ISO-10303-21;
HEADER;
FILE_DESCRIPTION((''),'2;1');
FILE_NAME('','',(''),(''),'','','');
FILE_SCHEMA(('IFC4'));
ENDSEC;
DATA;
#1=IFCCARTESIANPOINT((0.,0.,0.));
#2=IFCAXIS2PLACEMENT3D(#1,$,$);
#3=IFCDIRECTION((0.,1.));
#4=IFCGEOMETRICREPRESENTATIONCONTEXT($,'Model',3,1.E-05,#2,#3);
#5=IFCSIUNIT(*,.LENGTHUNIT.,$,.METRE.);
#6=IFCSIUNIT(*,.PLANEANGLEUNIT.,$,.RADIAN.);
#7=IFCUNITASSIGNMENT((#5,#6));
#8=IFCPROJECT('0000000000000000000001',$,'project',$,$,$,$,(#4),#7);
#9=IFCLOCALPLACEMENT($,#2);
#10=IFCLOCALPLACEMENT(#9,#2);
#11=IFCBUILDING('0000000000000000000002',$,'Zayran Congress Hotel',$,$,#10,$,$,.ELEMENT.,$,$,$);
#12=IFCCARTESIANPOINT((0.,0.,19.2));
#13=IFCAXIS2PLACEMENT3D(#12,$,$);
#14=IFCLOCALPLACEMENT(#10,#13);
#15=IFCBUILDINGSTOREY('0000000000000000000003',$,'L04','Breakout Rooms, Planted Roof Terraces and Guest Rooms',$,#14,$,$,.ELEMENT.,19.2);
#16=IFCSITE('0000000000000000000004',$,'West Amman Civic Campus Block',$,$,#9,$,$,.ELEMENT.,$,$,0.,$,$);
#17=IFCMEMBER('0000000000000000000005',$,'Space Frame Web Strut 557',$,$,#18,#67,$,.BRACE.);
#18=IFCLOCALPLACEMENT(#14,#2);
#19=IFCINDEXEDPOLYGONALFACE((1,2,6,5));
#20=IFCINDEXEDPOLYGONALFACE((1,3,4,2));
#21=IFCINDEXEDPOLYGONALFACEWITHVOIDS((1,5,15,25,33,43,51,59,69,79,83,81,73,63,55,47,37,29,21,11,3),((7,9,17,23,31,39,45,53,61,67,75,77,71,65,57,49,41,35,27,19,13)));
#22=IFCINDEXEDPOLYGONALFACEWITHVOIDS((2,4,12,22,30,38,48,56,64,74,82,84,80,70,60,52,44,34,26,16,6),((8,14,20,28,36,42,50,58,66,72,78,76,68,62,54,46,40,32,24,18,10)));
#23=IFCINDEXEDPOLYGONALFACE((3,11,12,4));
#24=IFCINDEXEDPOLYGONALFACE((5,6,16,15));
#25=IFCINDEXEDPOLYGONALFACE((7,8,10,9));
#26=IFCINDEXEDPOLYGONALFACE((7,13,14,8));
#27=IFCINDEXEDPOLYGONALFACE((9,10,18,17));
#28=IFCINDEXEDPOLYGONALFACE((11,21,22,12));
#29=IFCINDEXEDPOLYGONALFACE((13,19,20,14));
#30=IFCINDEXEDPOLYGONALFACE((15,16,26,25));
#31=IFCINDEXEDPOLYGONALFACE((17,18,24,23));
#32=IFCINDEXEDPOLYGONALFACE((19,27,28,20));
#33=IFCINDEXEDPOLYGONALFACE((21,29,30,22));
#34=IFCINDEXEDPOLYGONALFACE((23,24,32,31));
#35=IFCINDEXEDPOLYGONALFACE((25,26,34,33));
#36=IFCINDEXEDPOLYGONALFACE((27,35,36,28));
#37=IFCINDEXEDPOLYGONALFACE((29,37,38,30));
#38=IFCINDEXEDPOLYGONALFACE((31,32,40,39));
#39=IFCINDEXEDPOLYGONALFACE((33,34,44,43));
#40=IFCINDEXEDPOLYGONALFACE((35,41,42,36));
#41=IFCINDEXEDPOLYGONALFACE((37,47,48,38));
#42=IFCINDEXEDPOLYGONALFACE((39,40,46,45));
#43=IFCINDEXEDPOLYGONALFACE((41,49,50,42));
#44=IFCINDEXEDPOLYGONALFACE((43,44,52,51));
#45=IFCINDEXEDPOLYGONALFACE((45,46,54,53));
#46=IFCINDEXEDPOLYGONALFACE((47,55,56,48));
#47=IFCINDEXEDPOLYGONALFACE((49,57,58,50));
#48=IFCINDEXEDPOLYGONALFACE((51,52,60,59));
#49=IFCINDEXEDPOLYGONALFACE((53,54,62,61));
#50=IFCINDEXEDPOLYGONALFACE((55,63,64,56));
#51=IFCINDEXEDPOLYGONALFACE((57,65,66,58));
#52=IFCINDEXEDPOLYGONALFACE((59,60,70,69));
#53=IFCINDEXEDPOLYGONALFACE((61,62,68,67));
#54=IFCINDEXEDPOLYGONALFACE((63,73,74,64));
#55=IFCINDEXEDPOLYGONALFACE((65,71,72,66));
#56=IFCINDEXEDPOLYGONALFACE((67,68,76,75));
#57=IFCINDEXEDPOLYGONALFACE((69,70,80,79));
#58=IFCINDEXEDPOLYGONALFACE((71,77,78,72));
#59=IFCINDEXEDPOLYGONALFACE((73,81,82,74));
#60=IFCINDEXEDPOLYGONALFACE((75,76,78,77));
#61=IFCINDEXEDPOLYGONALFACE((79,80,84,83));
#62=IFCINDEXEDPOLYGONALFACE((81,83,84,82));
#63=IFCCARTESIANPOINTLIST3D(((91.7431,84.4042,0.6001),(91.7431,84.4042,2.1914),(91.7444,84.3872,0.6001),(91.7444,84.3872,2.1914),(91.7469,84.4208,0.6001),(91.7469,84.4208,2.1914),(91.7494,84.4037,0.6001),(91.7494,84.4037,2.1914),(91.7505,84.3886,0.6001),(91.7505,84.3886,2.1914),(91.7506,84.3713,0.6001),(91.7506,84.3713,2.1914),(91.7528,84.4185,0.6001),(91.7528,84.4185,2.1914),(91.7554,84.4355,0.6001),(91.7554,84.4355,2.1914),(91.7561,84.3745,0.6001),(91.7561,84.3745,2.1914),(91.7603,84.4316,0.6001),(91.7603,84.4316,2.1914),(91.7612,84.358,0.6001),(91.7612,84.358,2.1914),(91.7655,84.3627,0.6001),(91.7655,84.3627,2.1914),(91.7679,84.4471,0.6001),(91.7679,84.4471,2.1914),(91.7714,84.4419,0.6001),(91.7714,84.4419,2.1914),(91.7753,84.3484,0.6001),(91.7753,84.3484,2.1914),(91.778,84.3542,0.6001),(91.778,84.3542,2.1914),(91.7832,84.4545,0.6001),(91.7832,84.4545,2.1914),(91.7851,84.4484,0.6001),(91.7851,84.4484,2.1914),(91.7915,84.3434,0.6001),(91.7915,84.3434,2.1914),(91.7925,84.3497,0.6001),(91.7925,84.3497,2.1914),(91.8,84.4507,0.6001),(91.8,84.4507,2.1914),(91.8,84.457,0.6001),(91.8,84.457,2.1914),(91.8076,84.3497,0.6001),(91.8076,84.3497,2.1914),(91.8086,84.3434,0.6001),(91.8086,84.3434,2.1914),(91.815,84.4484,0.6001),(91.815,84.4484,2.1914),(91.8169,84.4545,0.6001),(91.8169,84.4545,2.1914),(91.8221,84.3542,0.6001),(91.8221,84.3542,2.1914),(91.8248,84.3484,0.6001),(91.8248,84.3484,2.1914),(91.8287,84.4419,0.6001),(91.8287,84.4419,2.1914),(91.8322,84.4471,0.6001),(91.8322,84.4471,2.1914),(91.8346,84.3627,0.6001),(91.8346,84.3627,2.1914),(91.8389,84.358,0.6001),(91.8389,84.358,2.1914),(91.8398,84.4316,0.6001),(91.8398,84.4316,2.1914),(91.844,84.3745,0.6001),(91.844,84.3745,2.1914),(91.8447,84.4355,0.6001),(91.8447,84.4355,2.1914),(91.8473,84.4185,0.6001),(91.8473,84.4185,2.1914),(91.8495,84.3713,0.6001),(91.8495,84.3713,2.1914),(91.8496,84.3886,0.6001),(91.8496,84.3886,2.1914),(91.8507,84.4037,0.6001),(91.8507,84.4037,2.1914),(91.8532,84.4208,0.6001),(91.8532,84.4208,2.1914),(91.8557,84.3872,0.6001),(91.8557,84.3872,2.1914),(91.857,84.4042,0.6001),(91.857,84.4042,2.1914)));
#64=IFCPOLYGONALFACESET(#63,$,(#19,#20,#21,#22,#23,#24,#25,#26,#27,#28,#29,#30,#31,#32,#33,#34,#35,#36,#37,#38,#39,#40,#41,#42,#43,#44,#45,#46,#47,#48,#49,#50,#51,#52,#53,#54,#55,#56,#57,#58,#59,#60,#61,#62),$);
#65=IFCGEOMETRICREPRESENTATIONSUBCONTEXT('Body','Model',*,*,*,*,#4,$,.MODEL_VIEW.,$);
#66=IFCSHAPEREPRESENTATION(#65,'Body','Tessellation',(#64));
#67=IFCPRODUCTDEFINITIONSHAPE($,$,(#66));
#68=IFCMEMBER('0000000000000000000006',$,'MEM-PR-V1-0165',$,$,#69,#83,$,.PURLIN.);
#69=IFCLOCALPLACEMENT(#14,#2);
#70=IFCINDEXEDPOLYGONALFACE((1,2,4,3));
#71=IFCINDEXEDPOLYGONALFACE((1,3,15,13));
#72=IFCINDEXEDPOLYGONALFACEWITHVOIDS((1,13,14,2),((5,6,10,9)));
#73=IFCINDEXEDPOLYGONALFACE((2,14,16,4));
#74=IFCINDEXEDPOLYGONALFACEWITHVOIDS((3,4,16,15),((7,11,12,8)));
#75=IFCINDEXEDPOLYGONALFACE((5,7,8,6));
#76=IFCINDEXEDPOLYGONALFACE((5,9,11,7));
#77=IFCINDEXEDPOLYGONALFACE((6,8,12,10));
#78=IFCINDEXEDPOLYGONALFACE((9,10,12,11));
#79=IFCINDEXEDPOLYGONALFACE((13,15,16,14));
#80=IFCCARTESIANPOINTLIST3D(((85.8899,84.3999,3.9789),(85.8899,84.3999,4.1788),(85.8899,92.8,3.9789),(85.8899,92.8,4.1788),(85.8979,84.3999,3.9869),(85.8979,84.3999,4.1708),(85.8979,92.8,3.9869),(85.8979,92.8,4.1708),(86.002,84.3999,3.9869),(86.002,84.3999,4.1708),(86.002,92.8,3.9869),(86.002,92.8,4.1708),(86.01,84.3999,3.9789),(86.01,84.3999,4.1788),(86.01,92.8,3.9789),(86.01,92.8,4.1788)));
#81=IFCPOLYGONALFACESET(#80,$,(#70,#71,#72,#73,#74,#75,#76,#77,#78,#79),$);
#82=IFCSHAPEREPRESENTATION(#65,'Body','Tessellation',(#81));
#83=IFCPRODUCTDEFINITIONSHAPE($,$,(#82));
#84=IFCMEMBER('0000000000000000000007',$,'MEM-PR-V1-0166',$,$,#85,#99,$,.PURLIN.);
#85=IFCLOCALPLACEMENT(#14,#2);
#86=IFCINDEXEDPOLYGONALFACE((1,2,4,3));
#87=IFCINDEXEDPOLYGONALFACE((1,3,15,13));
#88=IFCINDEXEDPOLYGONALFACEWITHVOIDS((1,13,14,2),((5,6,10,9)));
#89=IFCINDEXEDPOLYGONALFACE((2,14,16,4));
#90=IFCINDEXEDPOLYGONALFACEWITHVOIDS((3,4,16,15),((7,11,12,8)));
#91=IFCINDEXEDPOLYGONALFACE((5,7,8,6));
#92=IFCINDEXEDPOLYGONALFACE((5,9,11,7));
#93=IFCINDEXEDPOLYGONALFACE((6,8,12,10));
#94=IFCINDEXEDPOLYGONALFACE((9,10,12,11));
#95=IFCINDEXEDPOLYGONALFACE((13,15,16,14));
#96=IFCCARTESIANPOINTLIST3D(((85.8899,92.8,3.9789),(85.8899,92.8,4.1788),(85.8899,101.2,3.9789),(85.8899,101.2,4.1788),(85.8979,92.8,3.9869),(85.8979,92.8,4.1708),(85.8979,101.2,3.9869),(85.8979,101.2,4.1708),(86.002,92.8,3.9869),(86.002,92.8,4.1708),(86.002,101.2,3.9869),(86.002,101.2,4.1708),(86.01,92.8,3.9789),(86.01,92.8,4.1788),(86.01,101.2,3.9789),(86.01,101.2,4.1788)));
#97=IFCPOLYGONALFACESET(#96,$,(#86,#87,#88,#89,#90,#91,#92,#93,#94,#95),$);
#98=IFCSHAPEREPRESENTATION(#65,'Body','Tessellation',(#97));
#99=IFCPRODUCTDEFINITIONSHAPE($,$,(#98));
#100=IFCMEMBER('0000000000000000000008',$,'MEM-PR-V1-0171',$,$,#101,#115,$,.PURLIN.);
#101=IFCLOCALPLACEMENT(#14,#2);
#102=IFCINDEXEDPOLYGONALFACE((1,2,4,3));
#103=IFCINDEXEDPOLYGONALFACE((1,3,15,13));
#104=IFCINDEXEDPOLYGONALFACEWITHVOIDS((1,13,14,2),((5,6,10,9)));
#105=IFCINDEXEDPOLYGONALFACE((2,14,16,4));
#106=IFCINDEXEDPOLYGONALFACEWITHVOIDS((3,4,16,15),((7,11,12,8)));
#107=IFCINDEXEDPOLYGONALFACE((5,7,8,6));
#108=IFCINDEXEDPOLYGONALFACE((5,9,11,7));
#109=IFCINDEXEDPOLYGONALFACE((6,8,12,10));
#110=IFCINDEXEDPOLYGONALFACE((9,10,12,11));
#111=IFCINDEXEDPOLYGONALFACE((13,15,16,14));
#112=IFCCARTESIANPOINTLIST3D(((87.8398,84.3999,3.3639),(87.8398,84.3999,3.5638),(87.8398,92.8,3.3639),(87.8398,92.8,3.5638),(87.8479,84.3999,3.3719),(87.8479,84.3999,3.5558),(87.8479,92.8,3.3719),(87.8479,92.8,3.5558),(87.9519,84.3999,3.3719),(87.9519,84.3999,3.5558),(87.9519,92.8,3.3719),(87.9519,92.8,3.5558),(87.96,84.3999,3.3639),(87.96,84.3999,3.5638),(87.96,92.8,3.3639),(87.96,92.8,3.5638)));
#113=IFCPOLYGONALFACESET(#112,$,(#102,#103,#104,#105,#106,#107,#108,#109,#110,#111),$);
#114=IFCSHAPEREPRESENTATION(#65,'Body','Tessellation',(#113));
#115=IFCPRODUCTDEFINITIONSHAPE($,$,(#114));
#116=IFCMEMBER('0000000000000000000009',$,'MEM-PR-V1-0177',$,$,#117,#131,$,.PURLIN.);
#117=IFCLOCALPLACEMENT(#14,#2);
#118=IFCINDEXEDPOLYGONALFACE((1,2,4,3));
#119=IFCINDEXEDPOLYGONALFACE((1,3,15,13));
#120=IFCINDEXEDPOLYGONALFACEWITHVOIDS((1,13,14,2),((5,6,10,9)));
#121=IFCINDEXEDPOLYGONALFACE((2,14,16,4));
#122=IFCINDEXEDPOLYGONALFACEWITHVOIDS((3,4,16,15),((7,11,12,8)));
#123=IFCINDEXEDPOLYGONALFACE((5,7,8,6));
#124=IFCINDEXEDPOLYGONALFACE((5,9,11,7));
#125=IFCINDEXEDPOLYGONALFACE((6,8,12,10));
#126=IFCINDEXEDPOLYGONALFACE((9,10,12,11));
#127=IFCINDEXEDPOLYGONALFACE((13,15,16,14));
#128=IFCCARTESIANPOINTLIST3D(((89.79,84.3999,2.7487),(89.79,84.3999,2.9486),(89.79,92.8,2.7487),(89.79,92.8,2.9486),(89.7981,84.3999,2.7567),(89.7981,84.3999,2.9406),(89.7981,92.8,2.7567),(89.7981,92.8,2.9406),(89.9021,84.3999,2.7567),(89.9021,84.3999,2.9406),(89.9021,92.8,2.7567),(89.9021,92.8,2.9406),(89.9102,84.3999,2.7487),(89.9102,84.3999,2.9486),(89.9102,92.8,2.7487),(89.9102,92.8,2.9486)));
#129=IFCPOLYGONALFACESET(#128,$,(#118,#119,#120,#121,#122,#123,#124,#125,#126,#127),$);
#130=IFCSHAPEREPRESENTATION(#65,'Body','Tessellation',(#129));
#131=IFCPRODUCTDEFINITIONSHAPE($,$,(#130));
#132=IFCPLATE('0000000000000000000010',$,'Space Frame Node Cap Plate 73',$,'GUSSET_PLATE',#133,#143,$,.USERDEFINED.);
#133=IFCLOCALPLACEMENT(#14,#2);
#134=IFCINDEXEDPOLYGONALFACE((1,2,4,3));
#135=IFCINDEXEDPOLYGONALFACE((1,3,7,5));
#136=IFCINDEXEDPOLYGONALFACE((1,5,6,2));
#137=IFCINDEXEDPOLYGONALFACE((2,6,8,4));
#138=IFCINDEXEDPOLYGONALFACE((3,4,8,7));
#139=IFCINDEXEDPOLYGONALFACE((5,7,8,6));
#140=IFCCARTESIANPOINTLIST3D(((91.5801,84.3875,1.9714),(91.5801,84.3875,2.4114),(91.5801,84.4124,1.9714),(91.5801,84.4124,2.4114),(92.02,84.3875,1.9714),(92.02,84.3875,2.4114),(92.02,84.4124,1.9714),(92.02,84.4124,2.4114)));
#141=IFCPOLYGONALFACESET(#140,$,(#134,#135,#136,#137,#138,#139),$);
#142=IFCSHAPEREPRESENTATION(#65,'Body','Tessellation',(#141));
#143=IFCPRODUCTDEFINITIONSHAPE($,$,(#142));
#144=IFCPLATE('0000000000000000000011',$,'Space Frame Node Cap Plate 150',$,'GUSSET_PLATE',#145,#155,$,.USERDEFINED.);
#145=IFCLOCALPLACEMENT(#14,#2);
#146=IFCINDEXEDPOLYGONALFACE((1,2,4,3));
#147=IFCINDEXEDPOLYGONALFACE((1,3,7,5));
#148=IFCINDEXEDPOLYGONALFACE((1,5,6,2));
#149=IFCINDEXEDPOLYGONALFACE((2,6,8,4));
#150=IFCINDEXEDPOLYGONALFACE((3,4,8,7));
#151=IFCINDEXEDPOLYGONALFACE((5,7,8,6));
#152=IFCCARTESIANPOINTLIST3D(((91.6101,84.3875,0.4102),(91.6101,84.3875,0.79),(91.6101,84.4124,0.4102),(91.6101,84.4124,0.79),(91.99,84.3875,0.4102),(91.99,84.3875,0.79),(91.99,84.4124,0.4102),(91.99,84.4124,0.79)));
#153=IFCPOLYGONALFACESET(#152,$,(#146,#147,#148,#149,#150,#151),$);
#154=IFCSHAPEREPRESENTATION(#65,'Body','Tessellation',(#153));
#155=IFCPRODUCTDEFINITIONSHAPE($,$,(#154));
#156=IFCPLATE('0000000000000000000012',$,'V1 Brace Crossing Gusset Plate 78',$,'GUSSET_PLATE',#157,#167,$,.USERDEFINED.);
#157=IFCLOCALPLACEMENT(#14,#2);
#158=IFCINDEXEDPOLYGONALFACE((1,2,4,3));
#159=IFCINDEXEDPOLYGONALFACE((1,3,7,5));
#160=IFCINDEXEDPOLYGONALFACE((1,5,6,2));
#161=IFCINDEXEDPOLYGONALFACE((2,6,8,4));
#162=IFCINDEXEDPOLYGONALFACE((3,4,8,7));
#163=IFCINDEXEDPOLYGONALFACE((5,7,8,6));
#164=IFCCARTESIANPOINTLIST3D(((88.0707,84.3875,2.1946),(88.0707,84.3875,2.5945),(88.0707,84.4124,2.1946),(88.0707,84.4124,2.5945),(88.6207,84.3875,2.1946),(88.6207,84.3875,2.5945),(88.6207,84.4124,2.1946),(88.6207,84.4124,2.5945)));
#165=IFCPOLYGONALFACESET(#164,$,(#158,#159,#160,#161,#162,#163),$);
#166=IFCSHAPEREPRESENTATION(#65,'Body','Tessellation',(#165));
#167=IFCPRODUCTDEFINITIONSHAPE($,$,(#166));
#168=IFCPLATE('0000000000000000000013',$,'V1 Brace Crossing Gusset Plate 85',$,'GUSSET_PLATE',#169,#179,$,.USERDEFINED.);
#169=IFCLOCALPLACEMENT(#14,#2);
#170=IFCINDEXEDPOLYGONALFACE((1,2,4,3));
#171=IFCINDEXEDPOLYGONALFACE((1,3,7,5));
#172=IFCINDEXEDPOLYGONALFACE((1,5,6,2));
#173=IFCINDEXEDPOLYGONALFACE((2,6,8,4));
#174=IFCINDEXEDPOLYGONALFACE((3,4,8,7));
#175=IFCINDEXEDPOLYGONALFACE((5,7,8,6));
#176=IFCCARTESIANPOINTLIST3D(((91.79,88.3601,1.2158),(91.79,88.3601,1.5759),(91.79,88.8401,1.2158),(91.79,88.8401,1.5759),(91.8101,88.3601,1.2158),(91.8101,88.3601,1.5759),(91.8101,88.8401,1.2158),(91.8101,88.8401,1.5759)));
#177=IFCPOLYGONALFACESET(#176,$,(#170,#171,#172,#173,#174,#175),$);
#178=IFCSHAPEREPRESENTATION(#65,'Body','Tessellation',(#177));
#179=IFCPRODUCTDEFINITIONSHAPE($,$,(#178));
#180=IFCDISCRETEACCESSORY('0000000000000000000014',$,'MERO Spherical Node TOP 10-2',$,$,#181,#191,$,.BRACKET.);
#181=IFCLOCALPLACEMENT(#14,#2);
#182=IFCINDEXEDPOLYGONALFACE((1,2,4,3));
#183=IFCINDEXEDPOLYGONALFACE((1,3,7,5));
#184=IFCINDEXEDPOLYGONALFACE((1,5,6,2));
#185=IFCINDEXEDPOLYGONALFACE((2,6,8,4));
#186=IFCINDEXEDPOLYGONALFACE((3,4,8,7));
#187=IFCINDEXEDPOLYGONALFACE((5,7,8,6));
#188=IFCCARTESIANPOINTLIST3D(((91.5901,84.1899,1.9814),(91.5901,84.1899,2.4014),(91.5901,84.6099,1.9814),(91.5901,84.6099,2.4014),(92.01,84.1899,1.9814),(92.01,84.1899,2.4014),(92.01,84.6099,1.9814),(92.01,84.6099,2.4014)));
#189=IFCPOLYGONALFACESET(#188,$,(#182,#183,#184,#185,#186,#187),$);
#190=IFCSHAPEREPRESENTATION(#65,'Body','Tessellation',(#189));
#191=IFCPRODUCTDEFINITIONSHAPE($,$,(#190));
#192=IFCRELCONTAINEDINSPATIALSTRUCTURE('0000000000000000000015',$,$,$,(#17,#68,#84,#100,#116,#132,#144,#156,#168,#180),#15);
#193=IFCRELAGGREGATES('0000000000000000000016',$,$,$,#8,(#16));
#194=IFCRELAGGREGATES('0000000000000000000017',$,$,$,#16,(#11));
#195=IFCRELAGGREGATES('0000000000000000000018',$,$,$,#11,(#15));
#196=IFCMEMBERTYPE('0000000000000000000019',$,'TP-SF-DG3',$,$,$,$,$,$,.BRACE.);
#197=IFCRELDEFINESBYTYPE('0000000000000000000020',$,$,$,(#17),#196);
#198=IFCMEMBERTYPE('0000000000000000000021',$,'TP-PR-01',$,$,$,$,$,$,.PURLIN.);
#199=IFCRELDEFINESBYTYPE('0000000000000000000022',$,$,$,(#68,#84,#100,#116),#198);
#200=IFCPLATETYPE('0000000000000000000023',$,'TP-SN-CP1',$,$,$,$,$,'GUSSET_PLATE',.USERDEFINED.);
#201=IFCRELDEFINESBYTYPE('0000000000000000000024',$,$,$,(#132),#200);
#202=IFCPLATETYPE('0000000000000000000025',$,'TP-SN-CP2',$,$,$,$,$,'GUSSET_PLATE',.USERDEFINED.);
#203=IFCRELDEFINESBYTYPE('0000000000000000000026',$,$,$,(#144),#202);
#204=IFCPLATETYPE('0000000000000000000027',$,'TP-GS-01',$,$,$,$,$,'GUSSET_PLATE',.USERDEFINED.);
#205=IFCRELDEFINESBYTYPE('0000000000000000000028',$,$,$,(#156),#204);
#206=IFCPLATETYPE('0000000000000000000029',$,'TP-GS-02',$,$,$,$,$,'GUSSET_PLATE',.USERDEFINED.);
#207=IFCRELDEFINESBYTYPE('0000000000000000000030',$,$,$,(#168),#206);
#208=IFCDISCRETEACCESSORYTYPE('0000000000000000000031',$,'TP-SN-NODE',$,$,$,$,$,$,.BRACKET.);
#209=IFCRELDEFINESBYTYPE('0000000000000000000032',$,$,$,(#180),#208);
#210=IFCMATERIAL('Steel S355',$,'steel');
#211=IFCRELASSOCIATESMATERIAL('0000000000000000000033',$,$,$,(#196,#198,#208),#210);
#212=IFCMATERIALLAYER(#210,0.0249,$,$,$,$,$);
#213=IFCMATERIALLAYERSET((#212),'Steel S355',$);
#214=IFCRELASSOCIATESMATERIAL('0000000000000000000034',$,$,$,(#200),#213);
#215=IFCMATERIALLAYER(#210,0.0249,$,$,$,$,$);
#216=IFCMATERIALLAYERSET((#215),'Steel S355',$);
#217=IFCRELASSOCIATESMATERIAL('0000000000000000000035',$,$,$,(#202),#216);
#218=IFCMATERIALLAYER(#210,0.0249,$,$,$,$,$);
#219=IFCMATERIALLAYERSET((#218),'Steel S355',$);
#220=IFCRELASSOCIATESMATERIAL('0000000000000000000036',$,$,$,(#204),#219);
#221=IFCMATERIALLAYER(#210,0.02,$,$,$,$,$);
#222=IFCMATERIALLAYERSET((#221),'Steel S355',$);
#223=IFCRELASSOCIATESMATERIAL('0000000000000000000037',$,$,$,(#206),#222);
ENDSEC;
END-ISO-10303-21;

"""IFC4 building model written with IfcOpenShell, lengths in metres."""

from ifc_helpers import new_model, si_unit, direction, frame, origin, origin_2d, place, context, subcontext, project, spatial, rectangle, hollow_rectangle, hollow_circle, extrude, material, layer, layer_set, material_profile, profile_set, type_object, element, save


model = new_model("IFC4")

# Units and contexts
model_context = context("Model", 3, precision=1e-05, world=origin(), true_north=direction((0.0, 1.0)))
body_context = subcontext(model_context, "Body", "Model", "MODEL_VIEW")
ifc_project = project(units=[si_unit("LENGTHUNIT", "METRE"), si_unit("PLANEANGLEUNIT", "RADIAN")], contexts=[model_context])

# Site, building, storey
site_placement = place(None, origin())
site = spatial("IfcSite", under=ifc_project, at=site_placement, Name="West Amman Civic Campus Block", CompositionType="ELEMENT", RefElevation=0.0)
building_placement = place(site_placement, origin())
building = spatial("IfcBuilding", under=site, at=building_placement, Name="Zayran Congress Hotel", CompositionType="ELEMENT")
storey_placement = place(building_placement, frame((0.0, 0.0, 19.2)))
storey = spatial("IfcBuildingStorey", under=building, at=storey_placement, Name="L04", Description="Breakout Rooms, Planted Roof Terraces and Guest Rooms", CompositionType="ELEMENT", Elevation=19.2)

# Shared definitions
ifc_material = material(Name="Steel S355", Category="steel")

# Members
ifc_material_profile_1 = material_profile(ifc_material, hollow_circle(Radius=0.0571, WallThickness=0.0063, at=origin_2d()), Name="CHS 114.3x6.3")
ifc_profile_set_1 = profile_set([ifc_material_profile_1], Name="Steel S355")
member_type_1 = type_object("IfcMemberType", Name="TP-SF-DG3", PredefinedType="BRACE", material=ifc_profile_set_1)
member_1_placement = place(storey_placement, frame((91.8, 84.3999, 0.6001), z_axis=(0.0, 0.0, 1.0), x_axis=(0.0, 1.0, 0.0)))
element("IfcMember", 1, at=member_1_placement, inside=storey, type_object=member_type_1, Name="Space Frame Web Strut 557", PredefinedType="BRACE", context=body_context, shape_type="SweptSolid", body=[
    extrude(hollow_circle(Radius=0.0571, WallThickness=0.0063, at=origin_2d()), origin(), (0.0, 0.0, 1.0), 1.5913),
])
ifc_material_profile_2 = material_profile(ifc_material, hollow_rectangle(XDim=0.1201, YDim=0.2, WallThickness=0.0081, at=origin_2d()), Name="RHS 200x120x8")
ifc_profile_set_2 = profile_set([ifc_material_profile_2], Name="Steel S355")
member_type_2 = type_object("IfcMemberType", Name="TP-PR-01", PredefinedType="PURLIN", material=ifc_profile_set_2)
member_2_placement = place(storey_placement, frame((85.95, 84.3999, 4.0789), z_axis=(0.0, 1.0, 0.0), x_axis=(-1.0, 0.0, 0.0)))
element("IfcMember", 2, at=member_2_placement, inside=storey, type_object=member_type_2, Name="MEM-PR-V1-0165", PredefinedType="PURLIN", context=body_context, shape_type="SweptSolid", body=[
    extrude(hollow_rectangle(XDim=0.1201, YDim=0.2, WallThickness=0.0081, at=origin_2d()), origin(), (0.0, 0.0, 1.0), 8.4001),
])
member_3_placement = place(storey_placement, frame((85.95, 92.8, 4.0789), z_axis=(0.0, 1.0, 0.0), x_axis=(-1.0, 0.0, 0.0)))
element("IfcMember", 3, at=member_3_placement, inside=storey, type_object=member_type_2, Name="MEM-PR-V1-0166", PredefinedType="PURLIN", context=body_context, shape_type="SweptSolid", body=[
    extrude(hollow_rectangle(XDim=0.1201, YDim=0.2, WallThickness=0.0081, at=origin_2d()), origin(), (0.0, 0.0, 1.0), 8.3999),
])
for number, where, z_axis, x_axis, name in (
    (4, (87.8999, 84.3999, 3.4639), (0.0, 1.0, 0.0), (-1.0, 0.0, 0.0), "MEM-PR-V1-0171"),
    (5, (89.8501, 84.3999, 2.8486), (0.0, 1.0, 0.0), (-1.0, 0.0, 0.0), "MEM-PR-V1-0177"),
):
    element("IfcMember", number, at=place(storey_placement, frame(where, z_axis=z_axis, x_axis=x_axis)), inside=storey, type_object=member_type_2, Name=name, PredefinedType="PURLIN", context=body_context, shape_type="SweptSolid", body=[
        extrude(hollow_rectangle(XDim=0.1201, YDim=0.2, WallThickness=0.0081, at=origin_2d()), origin(), (0.0, 0.0, 1.0), 8.4001),
    ])

# Plates
ifc_layer_1 = layer(ifc_material, 0.0249)
ifc_layer_set_1 = layer_set([ifc_layer_1], Name="Steel S355")
plate_type_1 = type_object("IfcPlateType", Name="TP-SN-CP1", ElementType="GUSSET_PLATE", PredefinedType="USERDEFINED", material=ifc_layer_set_1)
plate_1_placement = place(storey_placement, frame((91.8, 84.3999, 1.9714), z_axis=(0.0, 0.0, 1.0), x_axis=(1.0, 0.0, 0.0)))
element("IfcPlate", 6, at=plate_1_placement, inside=storey, type_object=plate_type_1, Name="Space Frame Node Cap Plate 73", ObjectType="GUSSET_PLATE", PredefinedType="USERDEFINED", context=body_context, shape_type="SweptSolid", body=[
    extrude(rectangle(XDim=0.4399, YDim=0.0249, at=origin_2d()), origin(), (0.0, 0.0, 1.0), 0.4399),
])
ifc_layer_2 = layer(ifc_material, 0.0249)
ifc_layer_set_2 = layer_set([ifc_layer_2], Name="Steel S355")
plate_type_2 = type_object("IfcPlateType", Name="TP-SN-CP2", ElementType="GUSSET_PLATE", PredefinedType="USERDEFINED", material=ifc_layer_set_2)
plate_2_placement = place(storey_placement, frame((91.8, 84.3999, 0.4102), z_axis=(0.0, 0.0, 1.0), x_axis=(1.0, 0.0, 0.0)))
element("IfcPlate", 7, at=plate_2_placement, inside=storey, type_object=plate_type_2, Name="Space Frame Node Cap Plate 150", ObjectType="GUSSET_PLATE", PredefinedType="USERDEFINED", context=body_context, shape_type="SweptSolid", body=[
    extrude(rectangle(XDim=0.3799, YDim=0.0249, at=origin_2d()), origin(), (0.0, 0.0, 1.0), 0.3799),
])
ifc_layer_3 = layer(ifc_material, 0.0249)
ifc_layer_set_3 = layer_set([ifc_layer_3], Name="Steel S355")
plate_type_3 = type_object("IfcPlateType", Name="TP-GS-01", ElementType="GUSSET_PLATE", PredefinedType="USERDEFINED", material=ifc_layer_set_3)
plate_3_placement = place(storey_placement, frame((88.3457, 84.3999, 2.1946), z_axis=(0.0, 0.0, 1.0), x_axis=(1.0, 0.0, 0.0)))
element("IfcPlate", 8, at=plate_3_placement, inside=storey, type_object=plate_type_3, Name="V1 Brace Crossing Gusset Plate 78", ObjectType="GUSSET_PLATE", PredefinedType="USERDEFINED", context=body_context, shape_type="SweptSolid", body=[
    extrude(rectangle(XDim=0.55, YDim=0.0249, at=origin_2d()), origin(), (0.0, 0.0, 1.0), 0.3999),
])
ifc_layer_4 = layer(ifc_material, 0.02)
ifc_layer_set_4 = layer_set([ifc_layer_4], Name="Steel S355")
plate_type_4 = type_object("IfcPlateType", Name="TP-GS-02", ElementType="GUSSET_PLATE", PredefinedType="USERDEFINED", material=ifc_layer_set_4)
plate_4_placement = place(storey_placement, frame((91.8, 88.6001, 1.2158), z_axis=(0.0, 0.0, 1.0), x_axis=(0.0, 1.0, 0.0)))
element("IfcPlate", 9, at=plate_4_placement, inside=storey, type_object=plate_type_4, Name="V1 Brace Crossing Gusset Plate 85", ObjectType="GUSSET_PLATE", PredefinedType="USERDEFINED", context=body_context, shape_type="SweptSolid", body=[
    extrude(rectangle(XDim=0.48, YDim=0.02, at=origin_2d()), origin(), (0.0, 0.0, 1.0), 0.3601),
])

# Discrete accessory
discrete_accessory_type = type_object("IfcDiscreteAccessoryType", Name="TP-SN-NODE", PredefinedType="BRACKET", material=ifc_material)
for number, where, z_axis, x_axis, name in (
    (10, (91.8, 84.3999, 1.9814), (0.0, 0.0, 1.0), (1.0, 0.0, 0.0), "MERO Spherical Node TOP 10-2"),
):
    element("IfcDiscreteAccessory", number, at=place(storey_placement, frame(where, z_axis=z_axis, x_axis=x_axis)), inside=storey, type_object=discrete_accessory_type, Name=name, PredefinedType="BRACKET", context=body_context, shape_type="SweptSolid", body=[
        extrude(rectangle(XDim=0.4199, YDim=0.4199, at=origin_2d()), origin(), (0.0, 0.0, 1.0), 0.4199),
    ])

save(model, "model.ifc")
